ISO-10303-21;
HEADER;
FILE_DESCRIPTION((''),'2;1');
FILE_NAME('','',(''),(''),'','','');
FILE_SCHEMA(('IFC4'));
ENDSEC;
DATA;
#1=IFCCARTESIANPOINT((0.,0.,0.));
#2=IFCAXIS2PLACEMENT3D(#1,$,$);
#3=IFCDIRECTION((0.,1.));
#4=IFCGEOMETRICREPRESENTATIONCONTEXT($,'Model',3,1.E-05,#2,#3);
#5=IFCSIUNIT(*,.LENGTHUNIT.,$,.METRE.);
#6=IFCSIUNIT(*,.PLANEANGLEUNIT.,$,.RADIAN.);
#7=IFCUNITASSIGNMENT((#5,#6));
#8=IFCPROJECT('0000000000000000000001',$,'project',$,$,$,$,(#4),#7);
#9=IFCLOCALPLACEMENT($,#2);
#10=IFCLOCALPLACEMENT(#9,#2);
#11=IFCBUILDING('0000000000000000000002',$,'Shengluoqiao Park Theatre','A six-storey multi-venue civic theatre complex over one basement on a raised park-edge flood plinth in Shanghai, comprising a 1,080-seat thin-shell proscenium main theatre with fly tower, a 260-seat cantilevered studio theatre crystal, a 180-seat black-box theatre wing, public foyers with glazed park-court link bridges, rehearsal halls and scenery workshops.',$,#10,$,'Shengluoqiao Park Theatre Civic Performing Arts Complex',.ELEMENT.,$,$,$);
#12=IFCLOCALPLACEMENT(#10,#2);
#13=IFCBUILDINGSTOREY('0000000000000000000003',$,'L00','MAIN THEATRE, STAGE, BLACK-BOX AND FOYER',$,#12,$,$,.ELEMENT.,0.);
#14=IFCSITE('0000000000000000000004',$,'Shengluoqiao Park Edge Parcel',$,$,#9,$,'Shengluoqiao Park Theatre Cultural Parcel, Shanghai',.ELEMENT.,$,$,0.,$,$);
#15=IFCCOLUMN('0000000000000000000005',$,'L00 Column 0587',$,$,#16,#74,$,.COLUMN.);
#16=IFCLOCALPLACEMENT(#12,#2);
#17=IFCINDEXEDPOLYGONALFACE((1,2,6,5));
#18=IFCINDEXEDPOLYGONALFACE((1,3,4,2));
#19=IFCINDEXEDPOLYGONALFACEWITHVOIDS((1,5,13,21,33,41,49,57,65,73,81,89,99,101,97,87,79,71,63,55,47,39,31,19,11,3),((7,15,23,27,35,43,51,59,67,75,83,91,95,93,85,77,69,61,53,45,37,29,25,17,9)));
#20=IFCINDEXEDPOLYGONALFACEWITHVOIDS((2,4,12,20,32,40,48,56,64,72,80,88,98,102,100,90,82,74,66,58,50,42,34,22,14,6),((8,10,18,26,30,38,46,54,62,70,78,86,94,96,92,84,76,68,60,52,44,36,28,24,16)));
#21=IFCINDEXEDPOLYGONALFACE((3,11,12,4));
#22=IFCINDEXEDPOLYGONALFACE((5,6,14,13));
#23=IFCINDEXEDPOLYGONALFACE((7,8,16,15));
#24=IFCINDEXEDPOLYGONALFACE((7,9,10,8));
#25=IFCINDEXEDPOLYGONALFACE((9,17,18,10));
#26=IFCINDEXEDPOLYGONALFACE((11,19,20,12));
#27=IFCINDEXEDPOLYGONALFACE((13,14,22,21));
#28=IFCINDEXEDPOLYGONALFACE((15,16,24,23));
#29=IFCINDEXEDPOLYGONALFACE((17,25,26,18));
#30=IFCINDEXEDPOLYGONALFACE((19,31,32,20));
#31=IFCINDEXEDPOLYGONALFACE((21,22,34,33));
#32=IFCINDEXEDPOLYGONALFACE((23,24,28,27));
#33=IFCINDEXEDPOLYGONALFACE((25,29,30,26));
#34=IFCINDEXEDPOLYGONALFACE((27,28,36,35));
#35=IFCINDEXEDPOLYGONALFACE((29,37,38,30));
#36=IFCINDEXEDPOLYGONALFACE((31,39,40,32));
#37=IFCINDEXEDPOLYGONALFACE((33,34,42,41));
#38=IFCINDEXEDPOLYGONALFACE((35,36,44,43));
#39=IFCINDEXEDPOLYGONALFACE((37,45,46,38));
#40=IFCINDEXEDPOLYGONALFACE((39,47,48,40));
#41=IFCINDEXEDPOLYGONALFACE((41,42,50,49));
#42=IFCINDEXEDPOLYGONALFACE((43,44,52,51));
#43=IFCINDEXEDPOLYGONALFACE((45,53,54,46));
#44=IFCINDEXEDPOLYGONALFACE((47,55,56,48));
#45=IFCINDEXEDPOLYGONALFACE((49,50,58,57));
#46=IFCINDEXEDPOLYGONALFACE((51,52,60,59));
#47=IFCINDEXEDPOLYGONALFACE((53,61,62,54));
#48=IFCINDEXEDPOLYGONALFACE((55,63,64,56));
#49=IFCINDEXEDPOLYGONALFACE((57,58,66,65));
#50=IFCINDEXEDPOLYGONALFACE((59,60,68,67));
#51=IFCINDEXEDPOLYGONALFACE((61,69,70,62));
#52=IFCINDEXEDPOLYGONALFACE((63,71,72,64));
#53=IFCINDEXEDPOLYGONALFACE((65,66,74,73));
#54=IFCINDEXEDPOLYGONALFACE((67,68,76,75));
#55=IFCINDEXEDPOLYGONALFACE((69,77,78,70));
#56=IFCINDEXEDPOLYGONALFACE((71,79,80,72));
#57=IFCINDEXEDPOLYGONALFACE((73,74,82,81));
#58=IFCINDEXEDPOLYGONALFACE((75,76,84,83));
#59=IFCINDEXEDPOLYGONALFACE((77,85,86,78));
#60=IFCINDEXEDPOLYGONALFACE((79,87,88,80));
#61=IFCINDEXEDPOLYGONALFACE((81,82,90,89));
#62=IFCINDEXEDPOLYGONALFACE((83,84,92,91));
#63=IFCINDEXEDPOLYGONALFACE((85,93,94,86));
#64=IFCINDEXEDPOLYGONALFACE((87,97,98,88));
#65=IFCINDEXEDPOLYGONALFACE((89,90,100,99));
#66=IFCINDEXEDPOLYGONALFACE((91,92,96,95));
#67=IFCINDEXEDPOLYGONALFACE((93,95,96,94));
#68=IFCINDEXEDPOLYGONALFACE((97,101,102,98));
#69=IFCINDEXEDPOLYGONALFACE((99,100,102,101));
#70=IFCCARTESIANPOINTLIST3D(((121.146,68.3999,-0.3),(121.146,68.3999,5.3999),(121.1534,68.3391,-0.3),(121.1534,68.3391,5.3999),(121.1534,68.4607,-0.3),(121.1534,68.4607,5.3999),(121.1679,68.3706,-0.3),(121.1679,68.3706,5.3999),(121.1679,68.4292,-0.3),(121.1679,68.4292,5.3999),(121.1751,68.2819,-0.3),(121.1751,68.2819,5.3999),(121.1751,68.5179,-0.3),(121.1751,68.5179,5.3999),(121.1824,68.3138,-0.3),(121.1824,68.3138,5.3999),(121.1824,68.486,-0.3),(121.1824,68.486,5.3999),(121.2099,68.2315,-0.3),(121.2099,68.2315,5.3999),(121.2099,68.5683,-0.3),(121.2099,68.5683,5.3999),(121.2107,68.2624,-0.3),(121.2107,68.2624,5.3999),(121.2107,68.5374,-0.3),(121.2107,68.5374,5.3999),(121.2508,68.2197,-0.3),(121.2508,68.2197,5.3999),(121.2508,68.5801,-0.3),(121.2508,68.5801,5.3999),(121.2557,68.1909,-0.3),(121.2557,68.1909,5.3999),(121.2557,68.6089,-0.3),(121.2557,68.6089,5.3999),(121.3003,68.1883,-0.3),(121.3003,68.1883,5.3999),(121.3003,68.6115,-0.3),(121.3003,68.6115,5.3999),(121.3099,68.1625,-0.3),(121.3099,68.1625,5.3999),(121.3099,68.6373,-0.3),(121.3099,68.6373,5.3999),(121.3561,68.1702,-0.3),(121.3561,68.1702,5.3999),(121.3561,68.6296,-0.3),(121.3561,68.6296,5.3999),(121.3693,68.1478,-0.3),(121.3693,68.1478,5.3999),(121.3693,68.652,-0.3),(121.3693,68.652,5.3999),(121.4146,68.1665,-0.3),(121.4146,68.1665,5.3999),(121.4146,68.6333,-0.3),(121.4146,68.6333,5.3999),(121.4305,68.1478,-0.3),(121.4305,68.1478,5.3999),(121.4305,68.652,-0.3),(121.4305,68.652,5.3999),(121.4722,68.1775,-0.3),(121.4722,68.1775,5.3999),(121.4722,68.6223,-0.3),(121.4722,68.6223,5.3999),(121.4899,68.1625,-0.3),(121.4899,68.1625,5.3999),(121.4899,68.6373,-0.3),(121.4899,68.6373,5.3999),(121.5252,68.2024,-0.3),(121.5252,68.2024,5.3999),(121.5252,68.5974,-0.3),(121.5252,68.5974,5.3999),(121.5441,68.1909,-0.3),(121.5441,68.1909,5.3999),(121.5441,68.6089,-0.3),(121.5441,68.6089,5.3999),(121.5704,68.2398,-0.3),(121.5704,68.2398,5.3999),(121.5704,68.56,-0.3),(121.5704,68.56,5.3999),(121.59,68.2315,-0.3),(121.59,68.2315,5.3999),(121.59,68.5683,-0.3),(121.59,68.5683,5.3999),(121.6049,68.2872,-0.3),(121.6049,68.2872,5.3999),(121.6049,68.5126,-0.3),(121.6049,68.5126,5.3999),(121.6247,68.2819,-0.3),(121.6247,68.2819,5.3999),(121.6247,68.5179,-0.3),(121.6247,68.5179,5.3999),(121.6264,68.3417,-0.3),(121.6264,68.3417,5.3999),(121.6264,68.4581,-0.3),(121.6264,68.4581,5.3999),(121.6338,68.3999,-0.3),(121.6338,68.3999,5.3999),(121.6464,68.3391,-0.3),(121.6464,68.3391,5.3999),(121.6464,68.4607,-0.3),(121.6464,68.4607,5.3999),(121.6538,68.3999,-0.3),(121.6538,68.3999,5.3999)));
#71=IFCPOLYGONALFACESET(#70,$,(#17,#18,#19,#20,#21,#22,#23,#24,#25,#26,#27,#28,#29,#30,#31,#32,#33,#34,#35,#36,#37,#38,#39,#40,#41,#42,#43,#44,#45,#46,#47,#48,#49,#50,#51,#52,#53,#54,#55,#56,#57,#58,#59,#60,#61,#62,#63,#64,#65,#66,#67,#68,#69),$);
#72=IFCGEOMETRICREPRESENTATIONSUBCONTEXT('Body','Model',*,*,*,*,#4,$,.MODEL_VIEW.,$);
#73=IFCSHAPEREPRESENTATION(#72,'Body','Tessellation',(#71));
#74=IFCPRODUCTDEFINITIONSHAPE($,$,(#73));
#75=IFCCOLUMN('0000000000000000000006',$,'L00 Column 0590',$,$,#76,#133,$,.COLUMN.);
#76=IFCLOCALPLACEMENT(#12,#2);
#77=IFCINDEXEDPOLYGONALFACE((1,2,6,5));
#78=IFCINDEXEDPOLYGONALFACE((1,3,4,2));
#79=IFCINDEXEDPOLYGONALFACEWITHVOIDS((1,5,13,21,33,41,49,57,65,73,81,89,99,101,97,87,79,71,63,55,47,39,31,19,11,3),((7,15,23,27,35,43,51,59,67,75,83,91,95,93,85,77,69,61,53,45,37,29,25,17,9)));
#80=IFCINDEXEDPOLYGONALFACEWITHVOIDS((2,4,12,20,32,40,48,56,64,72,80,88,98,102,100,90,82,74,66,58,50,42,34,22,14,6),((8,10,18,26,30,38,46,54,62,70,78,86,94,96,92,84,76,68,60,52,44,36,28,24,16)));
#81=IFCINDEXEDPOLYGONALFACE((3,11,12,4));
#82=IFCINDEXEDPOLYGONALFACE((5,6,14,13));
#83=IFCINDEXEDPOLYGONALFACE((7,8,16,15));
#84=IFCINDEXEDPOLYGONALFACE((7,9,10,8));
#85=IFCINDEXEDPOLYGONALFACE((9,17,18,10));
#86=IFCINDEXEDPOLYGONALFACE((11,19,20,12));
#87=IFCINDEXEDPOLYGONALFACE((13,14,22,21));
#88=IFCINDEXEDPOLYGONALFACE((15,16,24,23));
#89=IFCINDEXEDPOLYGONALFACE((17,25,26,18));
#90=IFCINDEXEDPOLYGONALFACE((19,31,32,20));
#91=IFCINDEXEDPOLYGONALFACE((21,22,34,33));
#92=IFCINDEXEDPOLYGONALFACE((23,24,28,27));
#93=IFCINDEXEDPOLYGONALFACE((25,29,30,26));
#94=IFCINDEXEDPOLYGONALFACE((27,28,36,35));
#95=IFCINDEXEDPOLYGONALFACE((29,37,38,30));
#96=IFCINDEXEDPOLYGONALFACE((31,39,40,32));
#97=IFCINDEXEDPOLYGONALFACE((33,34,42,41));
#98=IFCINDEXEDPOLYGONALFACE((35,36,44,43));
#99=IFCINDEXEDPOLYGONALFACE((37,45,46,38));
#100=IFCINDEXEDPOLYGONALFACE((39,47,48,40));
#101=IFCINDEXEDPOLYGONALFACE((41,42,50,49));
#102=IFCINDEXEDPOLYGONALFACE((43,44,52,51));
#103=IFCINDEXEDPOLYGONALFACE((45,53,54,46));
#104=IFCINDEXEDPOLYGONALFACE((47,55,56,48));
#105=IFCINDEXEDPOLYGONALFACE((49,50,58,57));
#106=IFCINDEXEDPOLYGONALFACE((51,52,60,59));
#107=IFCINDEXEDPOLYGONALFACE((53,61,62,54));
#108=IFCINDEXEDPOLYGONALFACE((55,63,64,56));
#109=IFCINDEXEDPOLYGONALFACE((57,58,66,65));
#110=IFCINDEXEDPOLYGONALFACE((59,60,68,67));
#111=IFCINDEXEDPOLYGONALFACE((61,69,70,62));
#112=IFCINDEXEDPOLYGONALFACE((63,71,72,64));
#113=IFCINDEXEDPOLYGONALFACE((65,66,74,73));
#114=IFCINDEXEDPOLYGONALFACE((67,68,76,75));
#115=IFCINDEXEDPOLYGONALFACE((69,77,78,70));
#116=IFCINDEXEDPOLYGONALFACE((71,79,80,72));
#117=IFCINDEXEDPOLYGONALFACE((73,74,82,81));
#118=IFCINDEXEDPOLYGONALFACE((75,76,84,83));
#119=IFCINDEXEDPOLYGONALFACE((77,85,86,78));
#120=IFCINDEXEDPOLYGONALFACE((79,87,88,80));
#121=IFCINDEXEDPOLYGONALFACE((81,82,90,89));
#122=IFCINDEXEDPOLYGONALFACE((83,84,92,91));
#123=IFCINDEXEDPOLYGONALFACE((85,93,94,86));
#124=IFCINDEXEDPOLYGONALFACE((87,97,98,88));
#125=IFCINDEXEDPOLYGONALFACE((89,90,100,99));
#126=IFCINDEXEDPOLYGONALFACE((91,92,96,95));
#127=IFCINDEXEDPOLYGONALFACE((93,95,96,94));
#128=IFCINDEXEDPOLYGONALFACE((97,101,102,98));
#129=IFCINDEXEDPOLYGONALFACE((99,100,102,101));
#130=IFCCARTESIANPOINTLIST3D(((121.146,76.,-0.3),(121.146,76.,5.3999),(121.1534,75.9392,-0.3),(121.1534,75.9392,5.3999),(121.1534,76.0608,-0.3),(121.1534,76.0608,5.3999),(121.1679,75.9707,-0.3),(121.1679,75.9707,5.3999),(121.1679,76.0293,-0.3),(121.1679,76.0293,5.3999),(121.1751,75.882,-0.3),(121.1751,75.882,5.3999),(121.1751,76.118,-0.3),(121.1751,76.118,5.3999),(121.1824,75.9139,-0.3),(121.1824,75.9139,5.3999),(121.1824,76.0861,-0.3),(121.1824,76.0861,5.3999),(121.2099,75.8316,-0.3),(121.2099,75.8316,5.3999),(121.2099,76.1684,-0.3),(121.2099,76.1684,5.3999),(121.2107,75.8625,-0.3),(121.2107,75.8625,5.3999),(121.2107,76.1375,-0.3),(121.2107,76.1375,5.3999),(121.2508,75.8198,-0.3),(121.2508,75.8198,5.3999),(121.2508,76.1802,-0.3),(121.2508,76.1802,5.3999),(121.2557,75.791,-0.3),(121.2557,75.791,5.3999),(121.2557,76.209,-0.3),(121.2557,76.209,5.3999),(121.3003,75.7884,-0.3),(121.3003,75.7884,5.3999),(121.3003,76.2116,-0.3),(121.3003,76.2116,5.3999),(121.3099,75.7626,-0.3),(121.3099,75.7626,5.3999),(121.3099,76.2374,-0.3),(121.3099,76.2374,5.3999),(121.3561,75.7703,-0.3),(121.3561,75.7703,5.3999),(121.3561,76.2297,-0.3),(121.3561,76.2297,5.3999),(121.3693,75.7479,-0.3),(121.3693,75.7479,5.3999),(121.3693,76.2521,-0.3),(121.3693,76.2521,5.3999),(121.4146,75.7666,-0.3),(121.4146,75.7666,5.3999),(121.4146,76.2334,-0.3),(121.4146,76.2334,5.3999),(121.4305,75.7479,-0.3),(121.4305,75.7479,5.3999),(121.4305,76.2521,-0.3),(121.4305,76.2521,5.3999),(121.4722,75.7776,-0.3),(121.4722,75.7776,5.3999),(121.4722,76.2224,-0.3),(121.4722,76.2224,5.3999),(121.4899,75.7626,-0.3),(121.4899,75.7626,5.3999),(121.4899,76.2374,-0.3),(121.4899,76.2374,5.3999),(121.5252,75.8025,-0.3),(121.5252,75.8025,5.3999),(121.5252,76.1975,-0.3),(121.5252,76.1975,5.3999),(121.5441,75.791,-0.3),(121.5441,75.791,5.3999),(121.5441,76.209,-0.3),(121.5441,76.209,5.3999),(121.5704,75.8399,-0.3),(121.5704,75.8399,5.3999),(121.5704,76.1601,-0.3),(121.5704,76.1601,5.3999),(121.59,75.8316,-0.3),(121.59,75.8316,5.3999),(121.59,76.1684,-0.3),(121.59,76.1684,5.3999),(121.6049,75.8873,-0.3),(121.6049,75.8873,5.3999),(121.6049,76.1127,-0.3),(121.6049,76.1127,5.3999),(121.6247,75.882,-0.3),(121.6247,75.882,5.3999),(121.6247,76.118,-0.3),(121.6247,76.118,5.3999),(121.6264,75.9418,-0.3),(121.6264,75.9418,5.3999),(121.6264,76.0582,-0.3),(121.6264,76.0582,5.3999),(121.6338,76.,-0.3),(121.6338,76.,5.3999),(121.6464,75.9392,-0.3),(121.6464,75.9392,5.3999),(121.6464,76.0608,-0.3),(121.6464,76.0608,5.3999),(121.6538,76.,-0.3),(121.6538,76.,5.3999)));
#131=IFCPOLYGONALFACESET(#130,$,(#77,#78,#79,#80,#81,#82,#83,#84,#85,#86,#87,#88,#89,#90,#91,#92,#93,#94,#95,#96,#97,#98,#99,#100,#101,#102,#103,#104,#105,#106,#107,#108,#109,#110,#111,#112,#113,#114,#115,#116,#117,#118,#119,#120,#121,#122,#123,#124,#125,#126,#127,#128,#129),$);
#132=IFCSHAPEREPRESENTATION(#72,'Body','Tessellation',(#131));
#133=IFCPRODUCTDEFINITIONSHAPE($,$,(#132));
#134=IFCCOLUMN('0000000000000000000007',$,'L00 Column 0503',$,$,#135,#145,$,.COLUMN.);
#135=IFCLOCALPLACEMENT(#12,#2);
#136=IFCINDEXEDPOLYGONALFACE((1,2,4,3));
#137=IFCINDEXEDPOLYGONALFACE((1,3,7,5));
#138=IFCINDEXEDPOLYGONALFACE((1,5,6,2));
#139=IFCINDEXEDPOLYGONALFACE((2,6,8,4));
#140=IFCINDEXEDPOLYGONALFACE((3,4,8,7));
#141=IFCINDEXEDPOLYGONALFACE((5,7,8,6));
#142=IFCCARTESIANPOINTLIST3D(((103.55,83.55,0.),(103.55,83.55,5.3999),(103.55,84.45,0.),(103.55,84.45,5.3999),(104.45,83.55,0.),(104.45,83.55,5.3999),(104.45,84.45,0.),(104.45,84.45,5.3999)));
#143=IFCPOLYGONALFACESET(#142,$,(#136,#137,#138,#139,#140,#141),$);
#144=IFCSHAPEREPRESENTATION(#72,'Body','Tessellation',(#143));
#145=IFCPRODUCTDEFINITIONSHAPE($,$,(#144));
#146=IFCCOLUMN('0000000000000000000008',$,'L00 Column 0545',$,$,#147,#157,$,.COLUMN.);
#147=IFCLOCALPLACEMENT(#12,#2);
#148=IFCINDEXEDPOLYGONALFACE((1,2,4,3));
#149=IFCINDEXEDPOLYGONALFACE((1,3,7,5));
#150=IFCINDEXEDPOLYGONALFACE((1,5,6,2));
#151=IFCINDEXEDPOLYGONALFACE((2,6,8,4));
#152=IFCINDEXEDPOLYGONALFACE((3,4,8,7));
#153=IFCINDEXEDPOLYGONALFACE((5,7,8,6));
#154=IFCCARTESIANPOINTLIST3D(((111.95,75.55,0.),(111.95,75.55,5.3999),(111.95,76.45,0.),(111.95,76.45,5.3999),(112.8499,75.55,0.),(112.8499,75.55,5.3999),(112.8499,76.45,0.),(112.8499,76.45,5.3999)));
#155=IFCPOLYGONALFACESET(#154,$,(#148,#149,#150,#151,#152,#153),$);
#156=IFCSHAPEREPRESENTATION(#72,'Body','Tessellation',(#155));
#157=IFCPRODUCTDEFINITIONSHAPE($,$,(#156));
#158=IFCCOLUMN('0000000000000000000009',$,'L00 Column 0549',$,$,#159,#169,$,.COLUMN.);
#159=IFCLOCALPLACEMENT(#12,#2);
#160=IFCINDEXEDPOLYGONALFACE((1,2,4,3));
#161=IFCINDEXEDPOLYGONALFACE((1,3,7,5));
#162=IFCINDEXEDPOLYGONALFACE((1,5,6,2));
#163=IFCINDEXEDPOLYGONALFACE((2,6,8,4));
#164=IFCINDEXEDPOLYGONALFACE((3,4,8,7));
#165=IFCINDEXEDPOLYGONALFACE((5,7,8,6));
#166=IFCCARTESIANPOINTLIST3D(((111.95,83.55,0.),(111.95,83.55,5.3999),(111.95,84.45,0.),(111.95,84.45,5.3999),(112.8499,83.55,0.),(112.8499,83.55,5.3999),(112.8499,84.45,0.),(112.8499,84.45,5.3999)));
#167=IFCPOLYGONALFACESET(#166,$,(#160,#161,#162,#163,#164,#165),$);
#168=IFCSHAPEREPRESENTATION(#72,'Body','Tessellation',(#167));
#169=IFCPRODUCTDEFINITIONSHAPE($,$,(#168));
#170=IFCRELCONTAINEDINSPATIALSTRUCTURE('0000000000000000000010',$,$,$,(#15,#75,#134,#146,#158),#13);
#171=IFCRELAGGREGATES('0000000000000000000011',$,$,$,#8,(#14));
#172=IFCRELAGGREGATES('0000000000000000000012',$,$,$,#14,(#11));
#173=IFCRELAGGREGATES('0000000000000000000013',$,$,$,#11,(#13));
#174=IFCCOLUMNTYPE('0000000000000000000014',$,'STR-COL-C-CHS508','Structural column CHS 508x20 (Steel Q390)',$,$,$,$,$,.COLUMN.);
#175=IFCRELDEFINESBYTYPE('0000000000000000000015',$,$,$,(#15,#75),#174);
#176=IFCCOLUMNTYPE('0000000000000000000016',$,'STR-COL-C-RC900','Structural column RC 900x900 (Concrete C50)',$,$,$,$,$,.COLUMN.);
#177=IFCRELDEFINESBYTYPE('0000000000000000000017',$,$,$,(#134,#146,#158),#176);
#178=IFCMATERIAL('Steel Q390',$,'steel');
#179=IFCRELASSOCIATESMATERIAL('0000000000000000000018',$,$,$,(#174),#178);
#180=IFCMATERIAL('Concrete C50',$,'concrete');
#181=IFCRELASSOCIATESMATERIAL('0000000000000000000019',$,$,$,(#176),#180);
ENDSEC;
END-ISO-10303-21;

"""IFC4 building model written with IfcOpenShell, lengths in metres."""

from ifc_helpers import new_model, si_unit, direction, frame, origin, origin_2d, place, context, subcontext, project, spatial, rectangle, hollow_circle, extrude, material, material_profile, profile_set, type_object, element, save


model = new_model("IFC4")

# Units and contexts
model_context = context("Model", 3, precision=1e-05, world=origin(), true_north=direction((0.0, 1.0)))
body_context = subcontext(model_context, "Body", "Model", "MODEL_VIEW")
ifc_project = project(units=[si_unit("LENGTHUNIT", "METRE"), si_unit("PLANEANGLEUNIT", "RADIAN")], contexts=[model_context])

# Site, building, storey
site_placement = place(None, origin())
site = spatial("IfcSite", under=ifc_project, at=site_placement, Name="Shengluoqiao Park Edge Parcel", LongName="Shengluoqiao Park Theatre Cultural Parcel, Shanghai", CompositionType="ELEMENT", RefElevation=0.0)
building_placement = place(site_placement, origin())
building = spatial("IfcBuilding", under=site, at=building_placement, Name="Shengluoqiao Park Theatre", Description="A six-storey multi-venue civic theatre complex over one basement on a raised park-edge flood plinth in Shanghai, comprising a 1,080-seat thin-shell proscenium main theatre with fly tower, a 260-seat cantilevered studio theatre crystal, a 180-seat black-box theatre wing, public foyers with glazed park-court link bridges, rehearsal halls and scenery workshops.", LongName="Shengluoqiao Park Theatre Civic Performing Arts Complex", CompositionType="ELEMENT")
storey_placement = place(building_placement, origin())
storey = spatial("IfcBuildingStorey", under=building, at=storey_placement, Name="L00", Description="MAIN THEATRE, STAGE, BLACK-BOX AND FOYER", CompositionType="ELEMENT", Elevation=0.0)

# Columns
ifc_material_1 = material(Name="Steel Q390", Category="steel")
ifc_material_profile_1 = material_profile(ifc_material_1, hollow_circle(Radius=0.2539, WallThickness=0.02, at=origin_2d()), Name="CHS 508x20")
ifc_profile_set_1 = profile_set([ifc_material_profile_1], Name="Steel Q390")
column_type_1 = type_object("IfcColumnType", Name="STR-COL-C-CHS508", Description="Structural column CHS 508x20 (Steel Q390)", PredefinedType="COLUMN", material=ifc_profile_set_1)
for number, where, z_axis, x_axis, name in (
    (1, (121.3999, 68.3999, -0.3), (0.0, 0.0, 1.0), (1.0, 0.0, 0.0), "L00 Column 0587"),
    (2, (121.3999, 76.0, -0.3), (0.0, 0.0, 1.0), (1.0, 0.0, 0.0), "L00 Column 0590"),
):
    element("IfcColumn", number, at=place(storey_placement, frame(where, z_axis=z_axis, x_axis=x_axis)), inside=storey, type_object=column_type_1, Name=name, PredefinedType="COLUMN", context=body_context, shape_type="SweptSolid", body=[
        extrude(hollow_circle(Radius=0.2539, WallThickness=0.02, at=origin_2d()), origin(), (0.0, 0.0, 1.0), 5.7),
    ])
ifc_material_2 = material(Name="Concrete C50", Category="concrete")
ifc_material_profile_2 = material_profile(ifc_material_2, rectangle(XDim=0.8999, YDim=0.8999, at=origin_2d()), Name="RC 900x900")
ifc_profile_set_2 = profile_set([ifc_material_profile_2], Name="Concrete C50")
column_type_2 = type_object("IfcColumnType", Name="STR-COL-C-RC900", Description="Structural column RC 900x900 (Concrete C50)", PredefinedType="COLUMN", material=ifc_profile_set_2)
for number, where, z_axis, x_axis, name in (
    (3, (104.0, 84.0, 0.0), (0.0, 0.0, 1.0), (1.0, 0.0, 0.0), "L00 Column 0503"),
    (4, (112.3999, 76.0, 0.0), (0.0, 0.0, 1.0), (1.0, 0.0, 0.0), "L00 Column 0545"),
    (5, (112.3999, 84.0, 0.0), (0.0, 0.0, 1.0), (1.0, 0.0, 0.0), "L00 Column 0549"),
):
    element("IfcColumn", number, at=place(storey_placement, frame(where, z_axis=z_axis, x_axis=x_axis)), inside=storey, type_object=column_type_2, Name=name, PredefinedType="COLUMN", context=body_context, shape_type="SweptSolid", body=[
        extrude(rectangle(XDim=0.8999, YDim=0.8999, at=origin_2d()), origin(), (0.0, 0.0, 1.0), 5.3999),
    ])

save(model, "model.ifc")
